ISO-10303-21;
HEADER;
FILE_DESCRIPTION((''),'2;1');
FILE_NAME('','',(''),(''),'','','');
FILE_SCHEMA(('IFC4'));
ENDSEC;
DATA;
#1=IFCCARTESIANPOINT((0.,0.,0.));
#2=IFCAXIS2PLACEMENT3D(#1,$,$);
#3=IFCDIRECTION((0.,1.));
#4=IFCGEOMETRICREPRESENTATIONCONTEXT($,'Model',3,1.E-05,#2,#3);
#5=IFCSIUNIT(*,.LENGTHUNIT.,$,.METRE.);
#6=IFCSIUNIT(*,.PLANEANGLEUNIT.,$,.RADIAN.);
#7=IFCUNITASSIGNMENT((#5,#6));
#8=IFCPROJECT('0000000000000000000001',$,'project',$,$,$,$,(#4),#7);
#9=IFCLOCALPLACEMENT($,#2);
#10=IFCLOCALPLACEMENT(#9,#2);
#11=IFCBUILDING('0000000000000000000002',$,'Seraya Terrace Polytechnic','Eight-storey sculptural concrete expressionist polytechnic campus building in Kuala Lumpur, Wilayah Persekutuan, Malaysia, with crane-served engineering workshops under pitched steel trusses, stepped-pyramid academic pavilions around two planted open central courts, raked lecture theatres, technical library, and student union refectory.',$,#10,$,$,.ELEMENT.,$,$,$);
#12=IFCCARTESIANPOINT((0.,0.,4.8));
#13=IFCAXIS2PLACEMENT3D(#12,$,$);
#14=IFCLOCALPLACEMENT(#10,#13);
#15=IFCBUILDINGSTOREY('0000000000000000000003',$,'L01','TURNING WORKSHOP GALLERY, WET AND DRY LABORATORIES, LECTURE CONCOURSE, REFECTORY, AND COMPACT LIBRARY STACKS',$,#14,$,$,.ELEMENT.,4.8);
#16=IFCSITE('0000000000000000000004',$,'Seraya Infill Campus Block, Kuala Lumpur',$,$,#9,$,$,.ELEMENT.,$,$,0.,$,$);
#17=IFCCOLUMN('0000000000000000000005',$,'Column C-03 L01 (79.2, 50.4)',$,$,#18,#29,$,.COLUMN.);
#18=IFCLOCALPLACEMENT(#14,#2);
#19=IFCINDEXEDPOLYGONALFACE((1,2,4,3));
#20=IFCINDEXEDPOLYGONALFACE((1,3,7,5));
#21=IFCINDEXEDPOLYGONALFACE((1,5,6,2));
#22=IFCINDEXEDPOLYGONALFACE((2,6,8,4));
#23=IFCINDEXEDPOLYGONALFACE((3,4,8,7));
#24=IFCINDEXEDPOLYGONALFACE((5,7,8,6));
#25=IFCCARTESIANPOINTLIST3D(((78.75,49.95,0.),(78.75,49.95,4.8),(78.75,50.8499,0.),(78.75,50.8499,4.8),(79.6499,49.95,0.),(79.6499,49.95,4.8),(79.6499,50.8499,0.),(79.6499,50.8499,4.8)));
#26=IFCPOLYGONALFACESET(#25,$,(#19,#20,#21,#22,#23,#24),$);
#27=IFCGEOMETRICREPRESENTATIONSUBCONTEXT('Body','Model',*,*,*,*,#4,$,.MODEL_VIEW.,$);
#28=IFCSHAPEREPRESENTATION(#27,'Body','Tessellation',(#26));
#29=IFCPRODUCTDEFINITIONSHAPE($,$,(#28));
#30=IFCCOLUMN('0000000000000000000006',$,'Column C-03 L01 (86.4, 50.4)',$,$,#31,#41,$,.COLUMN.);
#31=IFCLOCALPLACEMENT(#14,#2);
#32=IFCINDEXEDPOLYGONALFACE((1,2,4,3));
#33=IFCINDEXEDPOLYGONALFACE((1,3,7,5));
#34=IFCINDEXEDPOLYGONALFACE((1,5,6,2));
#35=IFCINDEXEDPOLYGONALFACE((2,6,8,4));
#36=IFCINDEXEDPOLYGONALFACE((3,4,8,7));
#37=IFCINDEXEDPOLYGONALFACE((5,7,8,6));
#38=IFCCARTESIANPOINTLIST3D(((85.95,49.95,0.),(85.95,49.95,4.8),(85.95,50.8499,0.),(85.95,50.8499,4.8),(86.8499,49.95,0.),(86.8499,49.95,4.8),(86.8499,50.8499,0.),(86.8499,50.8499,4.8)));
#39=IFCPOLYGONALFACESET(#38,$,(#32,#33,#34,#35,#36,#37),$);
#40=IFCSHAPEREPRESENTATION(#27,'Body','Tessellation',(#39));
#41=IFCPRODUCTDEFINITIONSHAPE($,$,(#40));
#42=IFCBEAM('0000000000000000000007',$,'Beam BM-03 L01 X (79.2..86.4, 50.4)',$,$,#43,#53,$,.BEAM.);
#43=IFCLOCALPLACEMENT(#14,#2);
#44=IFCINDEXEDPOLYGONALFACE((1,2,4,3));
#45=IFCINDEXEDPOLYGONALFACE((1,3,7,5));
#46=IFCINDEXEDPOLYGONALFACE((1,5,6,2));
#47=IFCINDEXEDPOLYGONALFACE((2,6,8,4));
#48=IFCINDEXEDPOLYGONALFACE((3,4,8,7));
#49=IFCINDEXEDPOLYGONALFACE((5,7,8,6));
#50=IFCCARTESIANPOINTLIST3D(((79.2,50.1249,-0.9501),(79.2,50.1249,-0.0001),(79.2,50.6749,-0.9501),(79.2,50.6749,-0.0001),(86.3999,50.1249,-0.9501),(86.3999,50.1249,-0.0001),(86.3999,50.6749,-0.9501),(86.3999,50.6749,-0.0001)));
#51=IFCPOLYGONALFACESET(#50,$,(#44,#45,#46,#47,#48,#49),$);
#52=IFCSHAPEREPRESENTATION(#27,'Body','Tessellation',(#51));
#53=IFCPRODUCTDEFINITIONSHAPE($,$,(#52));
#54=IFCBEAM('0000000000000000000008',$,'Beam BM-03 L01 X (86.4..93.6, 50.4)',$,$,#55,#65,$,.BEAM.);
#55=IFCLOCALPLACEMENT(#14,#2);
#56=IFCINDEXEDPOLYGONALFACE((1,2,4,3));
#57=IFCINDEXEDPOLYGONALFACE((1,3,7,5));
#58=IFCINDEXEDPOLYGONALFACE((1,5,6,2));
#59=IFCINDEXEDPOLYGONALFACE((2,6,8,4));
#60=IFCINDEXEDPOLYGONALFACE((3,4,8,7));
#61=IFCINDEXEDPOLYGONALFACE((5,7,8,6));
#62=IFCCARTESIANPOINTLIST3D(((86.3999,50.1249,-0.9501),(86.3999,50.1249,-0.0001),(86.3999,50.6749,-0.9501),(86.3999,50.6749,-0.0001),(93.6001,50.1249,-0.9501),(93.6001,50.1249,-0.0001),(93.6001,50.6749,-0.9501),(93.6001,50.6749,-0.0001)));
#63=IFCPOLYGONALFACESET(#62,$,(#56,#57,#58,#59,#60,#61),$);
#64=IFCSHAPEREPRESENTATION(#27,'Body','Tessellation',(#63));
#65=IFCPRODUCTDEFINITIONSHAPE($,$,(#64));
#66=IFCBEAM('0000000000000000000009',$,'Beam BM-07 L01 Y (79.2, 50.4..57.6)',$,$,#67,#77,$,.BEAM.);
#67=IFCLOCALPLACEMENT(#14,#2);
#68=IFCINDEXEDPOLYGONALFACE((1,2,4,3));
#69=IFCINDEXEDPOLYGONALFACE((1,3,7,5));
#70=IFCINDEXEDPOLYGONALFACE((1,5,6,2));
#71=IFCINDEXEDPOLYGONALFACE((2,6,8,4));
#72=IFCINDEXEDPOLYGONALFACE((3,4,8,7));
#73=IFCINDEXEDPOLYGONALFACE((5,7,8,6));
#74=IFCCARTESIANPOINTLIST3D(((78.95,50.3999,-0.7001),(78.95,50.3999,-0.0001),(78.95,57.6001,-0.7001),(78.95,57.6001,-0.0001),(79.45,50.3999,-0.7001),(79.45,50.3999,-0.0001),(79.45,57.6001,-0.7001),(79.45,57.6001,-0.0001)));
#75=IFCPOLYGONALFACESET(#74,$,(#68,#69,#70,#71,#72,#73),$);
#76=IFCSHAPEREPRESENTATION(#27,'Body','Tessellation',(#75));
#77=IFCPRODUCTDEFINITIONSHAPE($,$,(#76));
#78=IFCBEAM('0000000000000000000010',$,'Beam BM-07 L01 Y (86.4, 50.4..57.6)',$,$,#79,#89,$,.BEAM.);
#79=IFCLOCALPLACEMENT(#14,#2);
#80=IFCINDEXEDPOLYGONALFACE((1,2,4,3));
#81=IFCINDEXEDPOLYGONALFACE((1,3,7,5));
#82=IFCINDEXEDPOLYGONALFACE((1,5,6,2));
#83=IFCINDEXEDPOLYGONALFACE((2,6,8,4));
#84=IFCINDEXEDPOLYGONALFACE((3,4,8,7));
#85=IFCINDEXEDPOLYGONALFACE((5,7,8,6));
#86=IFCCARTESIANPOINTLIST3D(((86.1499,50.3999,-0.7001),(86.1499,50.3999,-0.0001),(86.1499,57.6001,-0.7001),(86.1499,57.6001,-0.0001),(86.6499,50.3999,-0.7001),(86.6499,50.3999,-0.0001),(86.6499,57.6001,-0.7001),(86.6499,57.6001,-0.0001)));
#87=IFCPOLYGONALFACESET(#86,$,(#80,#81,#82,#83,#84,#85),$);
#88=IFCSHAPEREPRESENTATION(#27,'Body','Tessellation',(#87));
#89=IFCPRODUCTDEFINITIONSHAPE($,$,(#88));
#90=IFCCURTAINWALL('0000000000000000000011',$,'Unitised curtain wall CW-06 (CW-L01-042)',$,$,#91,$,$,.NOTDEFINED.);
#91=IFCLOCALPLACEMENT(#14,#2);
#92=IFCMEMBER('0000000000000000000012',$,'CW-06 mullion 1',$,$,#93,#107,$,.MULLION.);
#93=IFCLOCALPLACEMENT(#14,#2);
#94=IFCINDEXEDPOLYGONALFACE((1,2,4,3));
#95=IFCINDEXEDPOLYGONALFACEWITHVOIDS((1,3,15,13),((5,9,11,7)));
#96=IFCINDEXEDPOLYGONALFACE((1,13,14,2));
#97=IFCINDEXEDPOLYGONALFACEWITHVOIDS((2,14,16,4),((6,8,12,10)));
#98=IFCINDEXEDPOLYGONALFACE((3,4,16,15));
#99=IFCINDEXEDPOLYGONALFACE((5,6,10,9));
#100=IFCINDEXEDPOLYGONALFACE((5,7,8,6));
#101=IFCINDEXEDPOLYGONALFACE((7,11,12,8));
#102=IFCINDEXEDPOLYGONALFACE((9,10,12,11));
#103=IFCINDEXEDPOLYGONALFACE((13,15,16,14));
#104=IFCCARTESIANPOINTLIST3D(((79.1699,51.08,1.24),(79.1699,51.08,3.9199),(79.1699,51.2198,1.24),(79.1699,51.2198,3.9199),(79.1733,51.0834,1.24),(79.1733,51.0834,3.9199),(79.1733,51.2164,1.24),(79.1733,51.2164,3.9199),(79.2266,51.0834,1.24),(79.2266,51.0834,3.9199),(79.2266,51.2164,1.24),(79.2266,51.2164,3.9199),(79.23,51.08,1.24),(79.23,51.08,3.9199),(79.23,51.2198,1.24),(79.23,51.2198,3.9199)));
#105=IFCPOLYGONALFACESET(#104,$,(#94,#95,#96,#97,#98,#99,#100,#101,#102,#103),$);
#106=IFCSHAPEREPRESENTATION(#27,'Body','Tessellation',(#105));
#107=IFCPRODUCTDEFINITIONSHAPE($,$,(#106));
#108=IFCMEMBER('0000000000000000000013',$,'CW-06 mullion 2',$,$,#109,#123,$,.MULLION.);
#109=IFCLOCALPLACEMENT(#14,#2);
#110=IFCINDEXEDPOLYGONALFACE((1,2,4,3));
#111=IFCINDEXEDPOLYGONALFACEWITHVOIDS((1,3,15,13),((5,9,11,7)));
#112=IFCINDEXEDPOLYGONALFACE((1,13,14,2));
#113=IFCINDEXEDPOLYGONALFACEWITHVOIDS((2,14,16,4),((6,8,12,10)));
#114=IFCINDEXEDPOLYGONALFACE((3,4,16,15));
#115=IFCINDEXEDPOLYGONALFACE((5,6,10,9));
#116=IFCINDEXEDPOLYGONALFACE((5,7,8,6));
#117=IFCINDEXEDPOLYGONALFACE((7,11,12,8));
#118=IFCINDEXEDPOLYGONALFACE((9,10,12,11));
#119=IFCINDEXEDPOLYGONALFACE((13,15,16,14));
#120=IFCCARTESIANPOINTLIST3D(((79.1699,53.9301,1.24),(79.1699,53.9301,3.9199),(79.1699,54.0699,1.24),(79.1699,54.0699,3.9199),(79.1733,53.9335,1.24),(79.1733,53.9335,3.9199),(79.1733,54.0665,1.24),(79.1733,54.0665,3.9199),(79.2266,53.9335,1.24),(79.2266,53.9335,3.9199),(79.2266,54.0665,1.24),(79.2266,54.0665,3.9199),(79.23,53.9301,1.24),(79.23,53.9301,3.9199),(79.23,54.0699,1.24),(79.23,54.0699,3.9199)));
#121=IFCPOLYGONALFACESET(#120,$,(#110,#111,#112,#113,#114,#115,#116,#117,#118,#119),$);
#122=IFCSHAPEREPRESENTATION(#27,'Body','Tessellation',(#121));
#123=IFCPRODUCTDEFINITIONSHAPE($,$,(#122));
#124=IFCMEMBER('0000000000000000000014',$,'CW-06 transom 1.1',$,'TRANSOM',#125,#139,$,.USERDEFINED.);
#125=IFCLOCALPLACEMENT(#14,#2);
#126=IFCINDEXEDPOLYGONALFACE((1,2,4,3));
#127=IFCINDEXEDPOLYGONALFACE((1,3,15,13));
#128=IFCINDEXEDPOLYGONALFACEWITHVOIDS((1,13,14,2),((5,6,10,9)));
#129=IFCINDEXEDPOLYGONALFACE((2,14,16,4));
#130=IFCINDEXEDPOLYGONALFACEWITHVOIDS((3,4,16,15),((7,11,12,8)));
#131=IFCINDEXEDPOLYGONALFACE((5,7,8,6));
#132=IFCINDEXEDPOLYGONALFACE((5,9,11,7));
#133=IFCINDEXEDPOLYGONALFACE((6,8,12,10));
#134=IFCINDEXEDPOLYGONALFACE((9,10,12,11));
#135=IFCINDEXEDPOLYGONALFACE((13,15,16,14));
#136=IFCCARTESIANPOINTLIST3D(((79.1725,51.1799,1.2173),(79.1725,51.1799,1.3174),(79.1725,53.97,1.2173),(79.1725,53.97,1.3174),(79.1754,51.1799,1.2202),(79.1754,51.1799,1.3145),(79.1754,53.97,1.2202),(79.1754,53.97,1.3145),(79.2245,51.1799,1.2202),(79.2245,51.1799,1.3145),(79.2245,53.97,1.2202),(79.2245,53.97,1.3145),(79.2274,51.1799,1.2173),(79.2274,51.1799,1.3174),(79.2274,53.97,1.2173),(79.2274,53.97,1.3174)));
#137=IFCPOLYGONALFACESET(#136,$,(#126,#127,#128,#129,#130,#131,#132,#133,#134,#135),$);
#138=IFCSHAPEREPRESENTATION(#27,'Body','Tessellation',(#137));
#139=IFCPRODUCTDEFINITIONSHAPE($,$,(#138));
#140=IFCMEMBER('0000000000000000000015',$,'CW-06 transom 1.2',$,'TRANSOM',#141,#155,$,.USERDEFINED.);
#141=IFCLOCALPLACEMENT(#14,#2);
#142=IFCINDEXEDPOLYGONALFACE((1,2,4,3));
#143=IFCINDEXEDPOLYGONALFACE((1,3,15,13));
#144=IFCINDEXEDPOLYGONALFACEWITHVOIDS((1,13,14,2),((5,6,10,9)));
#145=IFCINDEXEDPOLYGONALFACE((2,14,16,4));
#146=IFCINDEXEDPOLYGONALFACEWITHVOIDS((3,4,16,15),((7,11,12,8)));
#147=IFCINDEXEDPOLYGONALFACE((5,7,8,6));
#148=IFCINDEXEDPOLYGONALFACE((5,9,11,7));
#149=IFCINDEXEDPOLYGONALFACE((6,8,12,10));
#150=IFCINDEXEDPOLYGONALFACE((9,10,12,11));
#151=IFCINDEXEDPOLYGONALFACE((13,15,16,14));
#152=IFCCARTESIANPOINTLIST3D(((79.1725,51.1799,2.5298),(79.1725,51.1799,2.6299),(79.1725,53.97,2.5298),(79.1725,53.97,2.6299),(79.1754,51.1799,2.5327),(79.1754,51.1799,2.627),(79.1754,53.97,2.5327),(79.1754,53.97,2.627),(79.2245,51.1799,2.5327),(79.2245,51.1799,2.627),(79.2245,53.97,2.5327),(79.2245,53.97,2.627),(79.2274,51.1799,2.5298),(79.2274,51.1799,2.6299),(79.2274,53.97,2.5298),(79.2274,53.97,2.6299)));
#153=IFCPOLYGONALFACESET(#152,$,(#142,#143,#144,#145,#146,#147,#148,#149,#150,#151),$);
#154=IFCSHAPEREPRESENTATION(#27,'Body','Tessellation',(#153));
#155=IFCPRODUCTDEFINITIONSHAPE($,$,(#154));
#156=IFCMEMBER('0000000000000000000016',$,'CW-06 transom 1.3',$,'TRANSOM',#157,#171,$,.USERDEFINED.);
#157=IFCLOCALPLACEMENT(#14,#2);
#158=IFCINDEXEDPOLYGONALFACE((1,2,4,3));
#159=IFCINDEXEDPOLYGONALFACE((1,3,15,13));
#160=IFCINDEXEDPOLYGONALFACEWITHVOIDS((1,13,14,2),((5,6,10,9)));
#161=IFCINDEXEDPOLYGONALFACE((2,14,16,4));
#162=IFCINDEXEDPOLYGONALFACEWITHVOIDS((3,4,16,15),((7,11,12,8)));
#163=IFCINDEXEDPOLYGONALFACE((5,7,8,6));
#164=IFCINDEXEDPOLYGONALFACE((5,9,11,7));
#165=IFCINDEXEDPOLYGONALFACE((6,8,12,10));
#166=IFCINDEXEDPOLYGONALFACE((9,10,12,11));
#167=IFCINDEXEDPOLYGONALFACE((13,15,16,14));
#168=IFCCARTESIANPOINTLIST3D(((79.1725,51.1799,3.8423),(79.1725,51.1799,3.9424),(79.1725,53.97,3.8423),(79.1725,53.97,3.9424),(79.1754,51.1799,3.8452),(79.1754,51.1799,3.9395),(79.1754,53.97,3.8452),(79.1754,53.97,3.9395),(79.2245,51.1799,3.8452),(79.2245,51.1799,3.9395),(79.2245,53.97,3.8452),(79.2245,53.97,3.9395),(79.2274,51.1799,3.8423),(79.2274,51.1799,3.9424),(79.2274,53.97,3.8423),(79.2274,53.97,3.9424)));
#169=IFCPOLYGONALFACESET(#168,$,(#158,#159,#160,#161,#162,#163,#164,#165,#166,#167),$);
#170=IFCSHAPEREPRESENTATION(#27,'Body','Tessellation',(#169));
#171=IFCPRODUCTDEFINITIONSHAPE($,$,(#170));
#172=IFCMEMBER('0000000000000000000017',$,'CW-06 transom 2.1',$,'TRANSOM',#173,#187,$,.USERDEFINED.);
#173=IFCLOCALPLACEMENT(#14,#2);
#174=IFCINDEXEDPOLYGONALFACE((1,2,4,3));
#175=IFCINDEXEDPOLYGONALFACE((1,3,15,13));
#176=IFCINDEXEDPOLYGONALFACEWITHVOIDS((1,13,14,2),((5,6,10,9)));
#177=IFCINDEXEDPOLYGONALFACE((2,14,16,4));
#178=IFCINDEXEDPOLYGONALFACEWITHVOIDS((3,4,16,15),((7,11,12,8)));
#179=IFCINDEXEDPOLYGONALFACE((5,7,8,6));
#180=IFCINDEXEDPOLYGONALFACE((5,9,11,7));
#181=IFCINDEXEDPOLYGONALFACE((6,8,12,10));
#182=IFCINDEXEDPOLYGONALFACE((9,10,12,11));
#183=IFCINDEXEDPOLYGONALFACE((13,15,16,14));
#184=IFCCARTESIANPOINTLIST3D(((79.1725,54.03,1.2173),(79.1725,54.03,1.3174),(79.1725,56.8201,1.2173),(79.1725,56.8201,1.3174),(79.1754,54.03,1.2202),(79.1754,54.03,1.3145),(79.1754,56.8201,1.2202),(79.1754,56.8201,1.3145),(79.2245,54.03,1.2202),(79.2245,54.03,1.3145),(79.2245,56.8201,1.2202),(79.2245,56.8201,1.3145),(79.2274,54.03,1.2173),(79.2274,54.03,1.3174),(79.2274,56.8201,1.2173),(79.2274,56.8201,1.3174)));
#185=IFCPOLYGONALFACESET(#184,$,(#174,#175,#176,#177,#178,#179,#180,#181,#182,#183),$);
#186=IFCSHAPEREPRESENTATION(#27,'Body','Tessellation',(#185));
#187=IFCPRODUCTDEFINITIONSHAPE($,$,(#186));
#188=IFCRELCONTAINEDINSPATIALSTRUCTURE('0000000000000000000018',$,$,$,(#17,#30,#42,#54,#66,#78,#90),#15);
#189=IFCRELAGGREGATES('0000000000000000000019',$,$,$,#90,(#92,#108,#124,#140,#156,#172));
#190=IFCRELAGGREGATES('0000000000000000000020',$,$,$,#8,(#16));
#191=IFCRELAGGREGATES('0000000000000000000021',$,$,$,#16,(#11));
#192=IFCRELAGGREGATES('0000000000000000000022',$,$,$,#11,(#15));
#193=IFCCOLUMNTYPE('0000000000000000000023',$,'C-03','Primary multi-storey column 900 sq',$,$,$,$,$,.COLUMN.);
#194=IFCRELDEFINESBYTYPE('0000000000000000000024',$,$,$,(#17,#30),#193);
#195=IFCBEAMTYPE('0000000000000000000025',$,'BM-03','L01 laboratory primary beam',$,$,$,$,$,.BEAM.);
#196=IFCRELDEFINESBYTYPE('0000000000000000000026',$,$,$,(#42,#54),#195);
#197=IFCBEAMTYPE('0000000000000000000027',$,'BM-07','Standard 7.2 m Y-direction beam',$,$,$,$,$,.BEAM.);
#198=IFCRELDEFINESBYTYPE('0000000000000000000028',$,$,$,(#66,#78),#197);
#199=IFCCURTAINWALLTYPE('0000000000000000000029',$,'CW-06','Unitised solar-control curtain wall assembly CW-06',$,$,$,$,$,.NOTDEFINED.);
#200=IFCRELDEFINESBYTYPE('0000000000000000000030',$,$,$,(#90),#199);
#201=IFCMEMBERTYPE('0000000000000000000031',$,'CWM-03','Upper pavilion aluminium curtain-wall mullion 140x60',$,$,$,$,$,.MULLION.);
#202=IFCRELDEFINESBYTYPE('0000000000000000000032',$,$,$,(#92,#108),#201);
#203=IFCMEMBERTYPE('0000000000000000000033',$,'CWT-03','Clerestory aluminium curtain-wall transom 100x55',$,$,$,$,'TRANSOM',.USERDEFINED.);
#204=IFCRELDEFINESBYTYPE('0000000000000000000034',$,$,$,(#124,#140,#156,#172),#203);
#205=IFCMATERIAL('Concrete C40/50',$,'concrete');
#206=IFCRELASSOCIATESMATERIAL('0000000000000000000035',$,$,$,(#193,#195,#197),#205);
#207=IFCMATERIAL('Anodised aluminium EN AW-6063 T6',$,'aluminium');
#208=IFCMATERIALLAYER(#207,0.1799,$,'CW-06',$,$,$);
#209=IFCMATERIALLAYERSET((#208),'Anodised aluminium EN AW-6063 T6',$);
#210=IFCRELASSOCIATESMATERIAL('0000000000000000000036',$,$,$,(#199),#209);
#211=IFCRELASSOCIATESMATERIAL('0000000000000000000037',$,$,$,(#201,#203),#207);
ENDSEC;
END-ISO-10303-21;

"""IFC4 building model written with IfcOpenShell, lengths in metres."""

from ifc_helpers import new_model, si_unit, direction, frame, origin, origin_2d, place, context, subcontext, project, spatial, rectangle, hollow_rectangle, extrude, material, layer, layer_set, material_profile, profile_set, type_object, element, aggregate, save


model = new_model("IFC4")

# Units and contexts
model_context = context("Model", 3, precision=1e-05, world=origin(), true_north=direction((0.0, 1.0)))
body_context = subcontext(model_context, "Body", "Model", "MODEL_VIEW")
ifc_project = project(units=[si_unit("LENGTHUNIT", "METRE"), si_unit("PLANEANGLEUNIT", "RADIAN")], contexts=[model_context])

# Site, building, storey
site_placement = place(None, origin())
site = spatial("IfcSite", under=ifc_project, at=site_placement, Name="Seraya Infill Campus Block, Kuala Lumpur", CompositionType="ELEMENT", RefElevation=0.0)
building_placement = place(site_placement, origin())
building = spatial("IfcBuilding", under=site, at=building_placement, Name="Seraya Terrace Polytechnic", Description="Eight-storey sculptural concrete expressionist polytechnic campus building in Kuala Lumpur, Wilayah Persekutuan, Malaysia, with crane-served engineering workshops under pitched steel trusses, stepped-pyramid academic pavilions around two planted open central courts, raked lecture theatres, technical library, and student union refectory.", CompositionType="ELEMENT")
storey_placement = place(building_placement, frame((0.0, 0.0, 4.8)))
storey = spatial("IfcBuildingStorey", under=building, at=storey_placement, Name="L01", Description="TURNING WORKSHOP GALLERY, WET AND DRY LABORATORIES, LECTURE CONCOURSE, REFECTORY, AND COMPACT LIBRARY STACKS", CompositionType="ELEMENT", Elevation=4.8)

# Columns
ifc_material_1 = material(Name="Concrete C40/50", Category="concrete")
ifc_material_profile_1 = material_profile(ifc_material_1, rectangle(XDim=0.8999, YDim=0.8999, at=origin_2d()), Name="RC 900x900")
ifc_profile_set_1 = profile_set([ifc_material_profile_1], Name="Concrete C40/50")
column_type = type_object("IfcColumnType", Name="C-03", Description="Primary multi-storey column 900 sq", PredefinedType="COLUMN", material=ifc_profile_set_1)
for number, where, z_axis, x_axis, name in (
    (1, (79.2, 50.3999, 0.0), (0.0, 0.0, 1.0), (1.0, 0.0, 0.0), "Column C-03 L01 (79.2, 50.4)"),
    (2, (86.3999, 50.3999, 0.0), (0.0, 0.0, 1.0), (1.0, 0.0, 0.0), "Column C-03 L01 (86.4, 50.4)"),
):
    element("IfcColumn", number, at=place(storey_placement, frame(where, z_axis=z_axis, x_axis=x_axis)), inside=storey, type_object=column_type, Name=name, PredefinedType="COLUMN", context=body_context, shape_type="SweptSolid", body=[
        extrude(rectangle(XDim=0.8999, YDim=0.8999, at=origin_2d()), origin(), (0.0, 0.0, 1.0), 4.8),
    ])

# Beams
ifc_material_profile_2 = material_profile(ifc_material_1, rectangle(XDim=0.55, YDim=0.95, at=origin_2d()), Name="RC 550x950")
ifc_profile_set_2 = profile_set([ifc_material_profile_2], Name="Concrete C40/50")
beam_type_1 = type_object("IfcBeamType", Name="BM-03", Description="L01 laboratory primary beam", PredefinedType="BEAM", material=ifc_profile_set_2)
beam_1_placement = place(storey_placement, frame((79.2, 50.3999, -0.4751), z_axis=(1.0, 0.0, 0.0), x_axis=(0.0, 1.0, 0.0)))
element("IfcBeam", 3, at=beam_1_placement, inside=storey, type_object=beam_type_1, Name="Beam BM-03 L01 X (79.2..86.4, 50.4)", PredefinedType="BEAM", context=body_context, shape_type="SweptSolid", body=[
    extrude(rectangle(XDim=0.55, YDim=0.95, at=origin_2d()), origin(), (0.0, 0.0, 1.0), 7.2),
])
beam_2_placement = place(storey_placement, frame((86.3999, 50.3999, -0.4751), z_axis=(1.0, 0.0, 0.0), x_axis=(0.0, 1.0, 0.0)))
element("IfcBeam", 4, at=beam_2_placement, inside=storey, type_object=beam_type_1, Name="Beam BM-03 L01 X (86.4..93.6, 50.4)", PredefinedType="BEAM", context=body_context, shape_type="SweptSolid", body=[
    extrude(rectangle(XDim=0.55, YDim=0.95, at=origin_2d()), origin(), (0.0, 0.0, 1.0), 7.2002),
])
ifc_material_profile_3 = material_profile(ifc_material_1, rectangle(XDim=0.5, YDim=0.7, at=origin_2d()), Name="RC 500x700")
ifc_profile_set_3 = profile_set([ifc_material_profile_3], Name="Concrete C40/50")
beam_type_2 = type_object("IfcBeamType", Name="BM-07", Description="Standard 7.2 m Y-direction beam", PredefinedType="BEAM", material=ifc_profile_set_3)
for number, where, z_axis, x_axis, name in (
    (5, (79.2, 50.3999, -0.3501), (0.0, 1.0, 0.0), (-1.0, 0.0, 0.0), "Beam BM-07 L01 Y (79.2, 50.4..57.6)"),
    (6, (86.3999, 50.3999, -0.3501), (0.0, 1.0, 0.0), (-1.0, 0.0, 0.0), "Beam BM-07 L01 Y (86.4, 50.4..57.6)"),
):
    element("IfcBeam", number, at=place(storey_placement, frame(where, z_axis=z_axis, x_axis=x_axis)), inside=storey, type_object=beam_type_2, Name=name, PredefinedType="BEAM", context=body_context, shape_type="SweptSolid", body=[
        extrude(rectangle(XDim=0.5, YDim=0.7, at=origin_2d()), origin(), (0.0, 0.0, 1.0), 7.2002),
    ])

# Curtain wall, members
ifc_material_2 = material(Name="Anodised aluminium EN AW-6063 T6", Category="aluminium")
ifc_layer_1 = layer(ifc_material_2, 0.1799, Name="CW-06")
ifc_layer_set_1 = layer_set([ifc_layer_1], Name="Anodised aluminium EN AW-6063 T6")
curtain_wall_type = type_object("IfcCurtainWallType", Name="CW-06", Description="Unitised solar-control curtain wall assembly CW-06", PredefinedType="NOTDEFINED", material=ifc_layer_set_1)
curtain_wall_placement = place(storey_placement, origin())
curtain_wall = element("IfcCurtainWall", 7, at=curtain_wall_placement, inside=storey, type_object=curtain_wall_type, Name="Unitised curtain wall CW-06 (CW-L01-042)", PredefinedType="NOTDEFINED")
ifc_material_profile_4 = material_profile(ifc_material_2, hollow_rectangle(XDim=0.0601, YDim=0.1399, WallThickness=0.0034, at=origin_2d()), Name="RHS 140x60x3.5")
ifc_profile_set_4 = profile_set([ifc_material_profile_4], Name="Anodised aluminium EN AW-6063 T6")
member_type_1 = type_object("IfcMemberType", Name="CWM-03", Description="Upper pavilion aluminium curtain-wall mullion 140x60", PredefinedType="MULLION", material=ifc_profile_set_4)
member_1_placement = place(storey_placement, frame((79.2, 51.1499, 1.24), z_axis=(0.0, 0.0, 1.0), x_axis=(-1.0, 0.0, 0.0)))
member_1 = element("IfcMember", 8, at=member_1_placement, type_object=member_type_1, Name="CW-06 mullion 1", PredefinedType="MULLION", context=body_context, shape_type="SweptSolid", body=[
    extrude(hollow_rectangle(XDim=0.0601, YDim=0.1399, WallThickness=0.0034, at=origin_2d()), origin(), (0.0, 0.0, 1.0), 2.6799),
])
member_2_placement = place(storey_placement, frame((79.2, 54.0, 1.24), z_axis=(0.0, 0.0, 1.0), x_axis=(-1.0, 0.0, 0.0)))
member_2 = element("IfcMember", 9, at=member_2_placement, type_object=member_type_1, Name="CW-06 mullion 2", PredefinedType="MULLION", context=body_context, shape_type="SweptSolid", body=[
    extrude(hollow_rectangle(XDim=0.0601, YDim=0.1399, WallThickness=0.0034, at=origin_2d()), origin(), (0.0, 0.0, 1.0), 2.6799),
])
ifc_material_profile_5 = material_profile(ifc_material_2, hollow_rectangle(XDim=0.0549, YDim=0.1001, WallThickness=0.0029, at=origin_2d()), Name="RHS 100x55x3.0")
ifc_profile_set_5 = profile_set([ifc_material_profile_5], Name="Anodised aluminium EN AW-6063 T6")
member_type_2 = type_object("IfcMemberType", Name="CWT-03", Description="Clerestory aluminium curtain-wall transom 100x55", ElementType="TRANSOM", PredefinedType="USERDEFINED", material=ifc_profile_set_5)
member_3_placement = place(storey_placement, frame((79.2, 51.1799, 1.2673), z_axis=(0.0, 1.0, 0.0), x_axis=(-1.0, 0.0, 0.0)))
member_3 = element("IfcMember", 10, at=member_3_placement, type_object=member_type_2, Name="CW-06 transom 1.1", ObjectType="TRANSOM", PredefinedType="USERDEFINED", context=body_context, shape_type="SweptSolid", body=[
    extrude(hollow_rectangle(XDim=0.0549, YDim=0.1001, WallThickness=0.0029, at=origin_2d()), origin(), (0.0, 0.0, 1.0), 2.79),
])
member_4_placement = place(storey_placement, frame((79.2, 51.1799, 2.5798), z_axis=(0.0, 1.0, 0.0), x_axis=(-1.0, 0.0, 0.0)))
member_4 = element("IfcMember", 11, at=member_4_placement, type_object=member_type_2, Name="CW-06 transom 1.2", ObjectType="TRANSOM", PredefinedType="USERDEFINED", context=body_context, shape_type="SweptSolid", body=[
    extrude(hollow_rectangle(XDim=0.0549, YDim=0.1001, WallThickness=0.0029, at=origin_2d()), origin(), (0.0, 0.0, 1.0), 2.79),
])
member_5_placement = place(storey_placement, frame((79.2, 51.1799, 3.8923), z_axis=(0.0, 1.0, 0.0), x_axis=(-1.0, 0.0, 0.0)))
member_5 = element("IfcMember", 12, at=member_5_placement, type_object=member_type_2, Name="CW-06 transom 1.3", ObjectType="TRANSOM", PredefinedType="USERDEFINED", context=body_context, shape_type="SweptSolid", body=[
    extrude(hollow_rectangle(XDim=0.0549, YDim=0.1001, WallThickness=0.0029, at=origin_2d()), origin(), (0.0, 0.0, 1.0), 2.79),
])
member_6_placement = place(storey_placement, frame((79.2, 54.03, 1.2673), z_axis=(0.0, 1.0, 0.0), x_axis=(-1.0, 0.0, 0.0)))
member_6 = element("IfcMember", 13, at=member_6_placement, type_object=member_type_2, Name="CW-06 transom 2.1", ObjectType="TRANSOM", PredefinedType="USERDEFINED", context=body_context, shape_type="SweptSolid", body=[
    extrude(hollow_rectangle(XDim=0.0549, YDim=0.1001, WallThickness=0.0029, at=origin_2d()), origin(), (0.0, 0.0, 1.0), 2.79),
])
aggregate(curtain_wall, [member_1, member_2, member_3, member_4, member_5, member_6])

save(model, "model.ifc")
